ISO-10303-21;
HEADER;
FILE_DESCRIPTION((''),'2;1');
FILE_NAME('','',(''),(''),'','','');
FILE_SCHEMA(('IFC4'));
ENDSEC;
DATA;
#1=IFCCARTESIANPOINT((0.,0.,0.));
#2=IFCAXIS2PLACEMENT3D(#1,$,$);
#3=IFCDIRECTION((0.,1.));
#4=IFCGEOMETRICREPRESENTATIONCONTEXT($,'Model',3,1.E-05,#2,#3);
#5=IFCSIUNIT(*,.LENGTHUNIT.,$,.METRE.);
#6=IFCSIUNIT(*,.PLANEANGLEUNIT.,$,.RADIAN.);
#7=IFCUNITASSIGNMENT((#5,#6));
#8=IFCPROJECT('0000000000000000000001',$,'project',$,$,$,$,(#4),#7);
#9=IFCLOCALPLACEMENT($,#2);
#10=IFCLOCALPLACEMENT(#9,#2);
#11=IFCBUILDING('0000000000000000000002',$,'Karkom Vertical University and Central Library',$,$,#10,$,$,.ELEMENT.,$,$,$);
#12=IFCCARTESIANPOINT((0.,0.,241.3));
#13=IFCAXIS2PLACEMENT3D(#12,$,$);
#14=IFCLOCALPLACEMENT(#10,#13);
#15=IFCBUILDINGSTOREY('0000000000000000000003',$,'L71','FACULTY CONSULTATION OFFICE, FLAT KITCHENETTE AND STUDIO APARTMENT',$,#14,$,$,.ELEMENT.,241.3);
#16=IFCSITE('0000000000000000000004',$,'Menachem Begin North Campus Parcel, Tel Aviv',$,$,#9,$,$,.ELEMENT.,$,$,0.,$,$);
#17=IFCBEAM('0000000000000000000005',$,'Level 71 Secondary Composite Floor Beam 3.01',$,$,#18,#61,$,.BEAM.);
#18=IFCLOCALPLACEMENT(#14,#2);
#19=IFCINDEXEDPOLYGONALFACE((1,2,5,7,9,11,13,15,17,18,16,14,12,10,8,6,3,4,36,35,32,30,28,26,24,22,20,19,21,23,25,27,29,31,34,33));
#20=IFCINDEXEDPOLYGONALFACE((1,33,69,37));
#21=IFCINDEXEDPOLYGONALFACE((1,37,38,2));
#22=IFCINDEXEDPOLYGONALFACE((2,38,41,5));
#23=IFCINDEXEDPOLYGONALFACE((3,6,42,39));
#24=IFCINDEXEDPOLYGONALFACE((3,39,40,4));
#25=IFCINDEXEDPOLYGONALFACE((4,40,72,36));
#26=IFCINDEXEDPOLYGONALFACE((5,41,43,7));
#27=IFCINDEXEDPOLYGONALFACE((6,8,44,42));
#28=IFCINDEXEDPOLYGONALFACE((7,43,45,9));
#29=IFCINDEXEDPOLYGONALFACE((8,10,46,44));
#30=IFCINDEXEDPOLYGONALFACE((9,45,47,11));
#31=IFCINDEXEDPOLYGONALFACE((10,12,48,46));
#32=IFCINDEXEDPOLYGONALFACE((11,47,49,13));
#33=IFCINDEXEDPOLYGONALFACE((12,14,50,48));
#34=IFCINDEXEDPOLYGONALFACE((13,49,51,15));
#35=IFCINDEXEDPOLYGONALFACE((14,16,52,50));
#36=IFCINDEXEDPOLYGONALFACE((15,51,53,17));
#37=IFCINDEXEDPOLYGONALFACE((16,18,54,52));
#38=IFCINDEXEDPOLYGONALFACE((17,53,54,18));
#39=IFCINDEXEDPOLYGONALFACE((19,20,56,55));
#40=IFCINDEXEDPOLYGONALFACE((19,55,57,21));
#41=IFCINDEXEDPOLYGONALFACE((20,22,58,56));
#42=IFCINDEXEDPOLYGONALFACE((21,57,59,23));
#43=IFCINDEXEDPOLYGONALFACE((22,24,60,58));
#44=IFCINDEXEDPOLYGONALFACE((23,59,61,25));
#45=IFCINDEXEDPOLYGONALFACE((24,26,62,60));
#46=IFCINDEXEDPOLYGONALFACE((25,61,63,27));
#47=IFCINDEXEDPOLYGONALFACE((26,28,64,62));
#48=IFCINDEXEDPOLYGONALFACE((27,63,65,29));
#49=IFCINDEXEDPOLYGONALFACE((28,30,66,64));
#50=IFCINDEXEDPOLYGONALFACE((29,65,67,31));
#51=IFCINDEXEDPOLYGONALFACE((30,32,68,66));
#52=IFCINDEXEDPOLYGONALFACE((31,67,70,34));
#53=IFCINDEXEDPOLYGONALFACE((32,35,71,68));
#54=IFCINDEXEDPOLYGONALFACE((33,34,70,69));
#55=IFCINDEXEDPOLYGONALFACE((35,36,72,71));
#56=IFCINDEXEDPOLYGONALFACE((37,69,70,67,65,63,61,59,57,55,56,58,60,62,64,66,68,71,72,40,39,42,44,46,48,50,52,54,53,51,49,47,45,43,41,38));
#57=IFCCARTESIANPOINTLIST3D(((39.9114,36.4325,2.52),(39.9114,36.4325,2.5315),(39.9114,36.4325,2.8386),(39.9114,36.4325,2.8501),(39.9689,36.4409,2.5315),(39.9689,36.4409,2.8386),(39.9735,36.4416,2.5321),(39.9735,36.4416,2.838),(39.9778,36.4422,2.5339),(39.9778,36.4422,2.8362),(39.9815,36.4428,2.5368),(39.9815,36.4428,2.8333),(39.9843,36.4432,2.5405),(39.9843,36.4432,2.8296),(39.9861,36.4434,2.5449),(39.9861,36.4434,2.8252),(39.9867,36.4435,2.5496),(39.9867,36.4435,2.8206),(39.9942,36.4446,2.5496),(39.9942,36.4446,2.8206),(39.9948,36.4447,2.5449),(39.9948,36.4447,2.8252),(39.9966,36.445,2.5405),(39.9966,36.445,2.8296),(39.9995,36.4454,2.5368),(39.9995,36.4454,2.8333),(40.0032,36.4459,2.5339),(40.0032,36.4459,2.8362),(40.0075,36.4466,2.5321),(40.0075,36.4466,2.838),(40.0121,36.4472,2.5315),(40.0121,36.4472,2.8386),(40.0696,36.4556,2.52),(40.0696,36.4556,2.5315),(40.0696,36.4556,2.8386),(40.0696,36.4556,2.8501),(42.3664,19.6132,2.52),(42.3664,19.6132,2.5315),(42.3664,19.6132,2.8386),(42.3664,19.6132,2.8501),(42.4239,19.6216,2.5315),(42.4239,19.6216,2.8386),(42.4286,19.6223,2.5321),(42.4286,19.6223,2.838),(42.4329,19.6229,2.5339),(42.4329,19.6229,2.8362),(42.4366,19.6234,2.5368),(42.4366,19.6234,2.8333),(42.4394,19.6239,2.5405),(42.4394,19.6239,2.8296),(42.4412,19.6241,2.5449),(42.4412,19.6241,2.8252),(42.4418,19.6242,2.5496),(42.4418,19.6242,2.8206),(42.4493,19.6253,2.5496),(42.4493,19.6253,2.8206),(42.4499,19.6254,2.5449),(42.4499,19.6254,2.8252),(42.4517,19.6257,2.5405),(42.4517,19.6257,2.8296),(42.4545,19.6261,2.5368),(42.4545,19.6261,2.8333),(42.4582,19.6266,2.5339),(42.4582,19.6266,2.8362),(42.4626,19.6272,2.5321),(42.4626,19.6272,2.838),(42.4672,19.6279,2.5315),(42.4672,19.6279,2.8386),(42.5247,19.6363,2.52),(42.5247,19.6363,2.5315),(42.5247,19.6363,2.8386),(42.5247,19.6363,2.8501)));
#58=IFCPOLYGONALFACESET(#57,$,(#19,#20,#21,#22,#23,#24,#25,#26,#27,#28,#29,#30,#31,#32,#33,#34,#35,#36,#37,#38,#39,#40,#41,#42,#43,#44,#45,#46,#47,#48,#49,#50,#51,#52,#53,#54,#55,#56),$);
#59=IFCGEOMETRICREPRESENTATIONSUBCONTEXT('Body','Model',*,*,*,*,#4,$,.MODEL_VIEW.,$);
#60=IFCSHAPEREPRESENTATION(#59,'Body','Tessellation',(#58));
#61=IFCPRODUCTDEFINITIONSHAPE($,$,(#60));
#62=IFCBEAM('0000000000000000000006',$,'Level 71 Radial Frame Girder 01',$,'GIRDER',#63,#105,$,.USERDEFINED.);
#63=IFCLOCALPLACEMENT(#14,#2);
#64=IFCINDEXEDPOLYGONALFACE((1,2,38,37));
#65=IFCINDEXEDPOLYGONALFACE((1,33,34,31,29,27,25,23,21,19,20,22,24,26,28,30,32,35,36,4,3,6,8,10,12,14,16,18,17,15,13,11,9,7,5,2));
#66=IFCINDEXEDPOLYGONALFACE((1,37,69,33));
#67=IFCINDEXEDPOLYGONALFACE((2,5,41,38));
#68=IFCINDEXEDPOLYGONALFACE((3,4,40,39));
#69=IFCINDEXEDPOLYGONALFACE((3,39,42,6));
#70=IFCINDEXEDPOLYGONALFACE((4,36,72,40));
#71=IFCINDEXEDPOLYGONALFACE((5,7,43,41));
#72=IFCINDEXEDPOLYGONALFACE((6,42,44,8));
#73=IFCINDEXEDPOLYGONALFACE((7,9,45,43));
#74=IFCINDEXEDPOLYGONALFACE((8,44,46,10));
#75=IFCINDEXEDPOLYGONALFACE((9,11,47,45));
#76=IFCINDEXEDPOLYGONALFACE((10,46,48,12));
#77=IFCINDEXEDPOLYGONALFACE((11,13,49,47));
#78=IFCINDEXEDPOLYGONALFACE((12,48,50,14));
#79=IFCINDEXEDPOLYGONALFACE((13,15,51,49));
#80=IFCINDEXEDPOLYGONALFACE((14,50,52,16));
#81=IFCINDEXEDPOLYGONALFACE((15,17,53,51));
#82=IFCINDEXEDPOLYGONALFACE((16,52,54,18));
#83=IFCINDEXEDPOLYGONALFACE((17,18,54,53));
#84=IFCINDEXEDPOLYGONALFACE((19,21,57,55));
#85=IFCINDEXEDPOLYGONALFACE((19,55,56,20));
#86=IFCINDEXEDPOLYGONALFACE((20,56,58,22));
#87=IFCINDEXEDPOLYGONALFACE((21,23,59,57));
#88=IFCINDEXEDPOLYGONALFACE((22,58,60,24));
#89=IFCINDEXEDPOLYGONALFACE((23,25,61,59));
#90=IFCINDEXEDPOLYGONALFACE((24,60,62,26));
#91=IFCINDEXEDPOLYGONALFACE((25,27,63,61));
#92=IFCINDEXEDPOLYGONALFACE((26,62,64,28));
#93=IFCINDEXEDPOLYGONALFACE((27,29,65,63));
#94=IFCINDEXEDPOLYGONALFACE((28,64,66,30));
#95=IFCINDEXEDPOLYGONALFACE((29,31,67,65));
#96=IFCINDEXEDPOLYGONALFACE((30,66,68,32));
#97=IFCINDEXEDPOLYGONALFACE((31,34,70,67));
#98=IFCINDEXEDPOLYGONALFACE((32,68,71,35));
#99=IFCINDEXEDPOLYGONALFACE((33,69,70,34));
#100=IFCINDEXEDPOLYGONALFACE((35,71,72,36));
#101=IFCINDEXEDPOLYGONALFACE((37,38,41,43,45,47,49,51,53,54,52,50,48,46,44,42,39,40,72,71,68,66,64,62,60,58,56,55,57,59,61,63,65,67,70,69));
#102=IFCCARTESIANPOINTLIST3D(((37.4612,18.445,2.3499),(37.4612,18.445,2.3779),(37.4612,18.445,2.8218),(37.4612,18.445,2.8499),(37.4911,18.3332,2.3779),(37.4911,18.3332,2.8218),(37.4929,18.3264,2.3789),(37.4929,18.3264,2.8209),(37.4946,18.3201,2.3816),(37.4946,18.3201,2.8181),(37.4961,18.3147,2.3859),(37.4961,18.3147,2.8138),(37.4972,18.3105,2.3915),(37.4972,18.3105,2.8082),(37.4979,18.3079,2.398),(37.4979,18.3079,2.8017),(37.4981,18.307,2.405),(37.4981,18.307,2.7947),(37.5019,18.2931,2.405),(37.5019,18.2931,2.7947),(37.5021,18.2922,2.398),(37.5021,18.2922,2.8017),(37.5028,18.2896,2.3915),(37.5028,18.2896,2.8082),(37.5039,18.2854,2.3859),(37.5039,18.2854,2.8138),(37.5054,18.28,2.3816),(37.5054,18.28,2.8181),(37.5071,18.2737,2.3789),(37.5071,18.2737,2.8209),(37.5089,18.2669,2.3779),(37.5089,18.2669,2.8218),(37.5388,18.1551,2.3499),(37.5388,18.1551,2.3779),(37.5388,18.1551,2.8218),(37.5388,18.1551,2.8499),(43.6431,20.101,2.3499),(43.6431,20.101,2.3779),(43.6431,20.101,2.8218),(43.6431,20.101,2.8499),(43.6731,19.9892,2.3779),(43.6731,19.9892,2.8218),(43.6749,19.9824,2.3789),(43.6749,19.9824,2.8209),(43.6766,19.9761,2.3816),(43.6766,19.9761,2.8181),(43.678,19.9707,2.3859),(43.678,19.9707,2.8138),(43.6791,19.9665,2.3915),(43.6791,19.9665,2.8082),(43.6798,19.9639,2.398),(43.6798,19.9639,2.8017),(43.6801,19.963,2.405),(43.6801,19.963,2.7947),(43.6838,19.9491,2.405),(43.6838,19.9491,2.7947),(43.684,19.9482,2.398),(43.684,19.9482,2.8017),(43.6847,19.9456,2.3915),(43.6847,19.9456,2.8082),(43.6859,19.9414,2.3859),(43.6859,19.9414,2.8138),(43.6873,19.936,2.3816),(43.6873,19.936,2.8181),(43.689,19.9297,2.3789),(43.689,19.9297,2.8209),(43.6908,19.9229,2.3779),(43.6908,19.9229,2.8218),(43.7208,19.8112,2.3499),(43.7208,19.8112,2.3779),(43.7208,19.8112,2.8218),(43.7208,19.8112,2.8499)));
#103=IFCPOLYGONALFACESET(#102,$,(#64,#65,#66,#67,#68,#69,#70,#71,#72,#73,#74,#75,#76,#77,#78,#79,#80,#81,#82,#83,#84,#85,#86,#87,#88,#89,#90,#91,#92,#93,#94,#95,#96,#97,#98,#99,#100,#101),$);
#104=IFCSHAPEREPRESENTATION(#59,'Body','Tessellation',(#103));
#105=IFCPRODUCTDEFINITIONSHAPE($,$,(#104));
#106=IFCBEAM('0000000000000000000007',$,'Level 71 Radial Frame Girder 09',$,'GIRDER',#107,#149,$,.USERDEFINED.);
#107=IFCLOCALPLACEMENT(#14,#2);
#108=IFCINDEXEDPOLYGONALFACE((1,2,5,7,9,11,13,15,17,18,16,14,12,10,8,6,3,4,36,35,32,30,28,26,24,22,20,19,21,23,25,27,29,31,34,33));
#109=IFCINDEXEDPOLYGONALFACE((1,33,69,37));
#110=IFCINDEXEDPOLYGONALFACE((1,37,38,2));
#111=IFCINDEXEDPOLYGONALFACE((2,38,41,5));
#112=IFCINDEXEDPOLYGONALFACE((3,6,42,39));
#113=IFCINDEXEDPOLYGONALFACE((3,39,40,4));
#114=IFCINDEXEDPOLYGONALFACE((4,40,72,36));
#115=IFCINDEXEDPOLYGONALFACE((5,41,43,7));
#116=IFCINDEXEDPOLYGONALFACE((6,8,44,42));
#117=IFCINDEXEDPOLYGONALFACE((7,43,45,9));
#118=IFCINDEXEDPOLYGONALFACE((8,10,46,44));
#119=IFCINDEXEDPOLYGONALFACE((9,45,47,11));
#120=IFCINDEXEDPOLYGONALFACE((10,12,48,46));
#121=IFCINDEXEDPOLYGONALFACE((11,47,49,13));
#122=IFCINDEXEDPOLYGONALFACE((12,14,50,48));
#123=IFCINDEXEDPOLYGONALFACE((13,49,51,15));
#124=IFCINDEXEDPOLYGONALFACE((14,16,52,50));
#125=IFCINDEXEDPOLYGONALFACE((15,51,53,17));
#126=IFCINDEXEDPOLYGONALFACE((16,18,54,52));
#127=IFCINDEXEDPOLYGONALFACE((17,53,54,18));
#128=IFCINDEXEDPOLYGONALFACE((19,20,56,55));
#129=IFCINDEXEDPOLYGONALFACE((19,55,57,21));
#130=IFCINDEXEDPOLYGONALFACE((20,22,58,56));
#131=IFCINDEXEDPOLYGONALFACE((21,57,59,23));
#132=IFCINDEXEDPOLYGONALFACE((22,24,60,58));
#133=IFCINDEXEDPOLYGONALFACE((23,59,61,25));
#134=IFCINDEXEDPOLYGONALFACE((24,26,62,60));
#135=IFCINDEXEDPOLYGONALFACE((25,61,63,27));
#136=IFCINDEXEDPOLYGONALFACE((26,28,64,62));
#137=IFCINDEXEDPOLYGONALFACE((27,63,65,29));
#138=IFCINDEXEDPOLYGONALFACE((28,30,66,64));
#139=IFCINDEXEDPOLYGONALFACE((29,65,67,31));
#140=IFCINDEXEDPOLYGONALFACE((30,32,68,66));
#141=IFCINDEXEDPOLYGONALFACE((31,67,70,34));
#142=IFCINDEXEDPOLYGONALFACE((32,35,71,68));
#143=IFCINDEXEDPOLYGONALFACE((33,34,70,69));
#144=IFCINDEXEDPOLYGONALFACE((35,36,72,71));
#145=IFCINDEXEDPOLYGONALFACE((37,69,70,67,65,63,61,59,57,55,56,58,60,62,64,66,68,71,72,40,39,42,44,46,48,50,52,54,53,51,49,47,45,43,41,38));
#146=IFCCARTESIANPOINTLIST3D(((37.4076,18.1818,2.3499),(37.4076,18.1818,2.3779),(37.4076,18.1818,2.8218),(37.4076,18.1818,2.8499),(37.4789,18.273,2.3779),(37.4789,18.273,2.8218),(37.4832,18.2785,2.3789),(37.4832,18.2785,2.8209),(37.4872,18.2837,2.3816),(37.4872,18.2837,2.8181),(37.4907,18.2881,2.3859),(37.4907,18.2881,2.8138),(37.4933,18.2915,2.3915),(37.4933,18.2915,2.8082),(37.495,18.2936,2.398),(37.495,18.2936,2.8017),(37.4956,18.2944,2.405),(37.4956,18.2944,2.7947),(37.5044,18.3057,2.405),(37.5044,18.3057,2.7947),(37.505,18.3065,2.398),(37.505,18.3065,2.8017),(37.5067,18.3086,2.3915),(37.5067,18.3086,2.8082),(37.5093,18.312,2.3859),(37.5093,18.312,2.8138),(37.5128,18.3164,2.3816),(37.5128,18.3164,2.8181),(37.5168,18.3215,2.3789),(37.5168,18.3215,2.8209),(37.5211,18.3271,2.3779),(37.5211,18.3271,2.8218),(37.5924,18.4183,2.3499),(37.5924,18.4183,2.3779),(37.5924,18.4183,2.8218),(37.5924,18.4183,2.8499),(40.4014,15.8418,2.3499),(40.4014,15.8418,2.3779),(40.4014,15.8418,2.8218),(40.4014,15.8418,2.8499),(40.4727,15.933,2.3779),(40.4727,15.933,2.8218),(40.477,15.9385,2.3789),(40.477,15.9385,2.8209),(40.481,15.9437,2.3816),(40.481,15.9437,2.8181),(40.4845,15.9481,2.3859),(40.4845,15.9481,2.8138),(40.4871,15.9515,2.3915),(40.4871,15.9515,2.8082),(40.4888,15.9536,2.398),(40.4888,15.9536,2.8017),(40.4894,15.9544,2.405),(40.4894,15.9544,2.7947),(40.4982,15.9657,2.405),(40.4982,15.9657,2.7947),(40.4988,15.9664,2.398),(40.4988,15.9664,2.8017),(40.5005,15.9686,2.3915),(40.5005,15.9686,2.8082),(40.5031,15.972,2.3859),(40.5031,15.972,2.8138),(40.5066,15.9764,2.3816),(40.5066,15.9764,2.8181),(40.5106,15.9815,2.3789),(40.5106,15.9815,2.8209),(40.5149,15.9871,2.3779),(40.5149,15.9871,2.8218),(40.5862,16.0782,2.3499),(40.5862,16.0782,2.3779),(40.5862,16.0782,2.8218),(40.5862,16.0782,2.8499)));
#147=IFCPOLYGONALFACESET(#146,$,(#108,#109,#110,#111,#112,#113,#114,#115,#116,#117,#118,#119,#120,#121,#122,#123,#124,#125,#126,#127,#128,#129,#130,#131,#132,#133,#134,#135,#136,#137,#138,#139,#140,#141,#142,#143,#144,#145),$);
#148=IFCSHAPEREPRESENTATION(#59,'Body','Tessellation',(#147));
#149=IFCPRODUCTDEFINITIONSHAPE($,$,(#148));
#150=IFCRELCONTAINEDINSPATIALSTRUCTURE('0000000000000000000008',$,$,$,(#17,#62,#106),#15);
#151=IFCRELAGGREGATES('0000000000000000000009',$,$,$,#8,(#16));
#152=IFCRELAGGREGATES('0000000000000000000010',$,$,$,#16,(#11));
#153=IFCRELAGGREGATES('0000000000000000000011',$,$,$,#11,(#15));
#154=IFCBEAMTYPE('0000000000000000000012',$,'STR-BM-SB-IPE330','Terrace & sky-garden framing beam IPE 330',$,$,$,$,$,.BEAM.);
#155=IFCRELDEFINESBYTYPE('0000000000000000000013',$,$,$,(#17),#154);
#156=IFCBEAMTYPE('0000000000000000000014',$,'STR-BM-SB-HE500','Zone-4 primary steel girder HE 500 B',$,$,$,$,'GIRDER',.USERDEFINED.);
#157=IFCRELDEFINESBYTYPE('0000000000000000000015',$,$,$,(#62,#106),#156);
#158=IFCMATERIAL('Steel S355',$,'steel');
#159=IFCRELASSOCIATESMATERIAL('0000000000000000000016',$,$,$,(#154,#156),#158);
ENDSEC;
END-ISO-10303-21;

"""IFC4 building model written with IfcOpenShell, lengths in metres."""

from ifc_helpers import new_model, si_unit, direction, frame, origin, origin_with_axes, origin_2d, place, context, subcontext, project, spatial, i_section, extrude, source, transform, mapped, material, material_profile, profile_set, type_object, element, save


model = new_model("IFC4")

# Units and contexts
model_context = context("Model", 3, precision=1e-05, world=origin(), true_north=direction((0.0, 1.0)))
body_context = subcontext(model_context, "Body", "Model", "MODEL_VIEW")
ifc_project = project(units=[si_unit("LENGTHUNIT", "METRE"), si_unit("PLANEANGLEUNIT", "RADIAN")], contexts=[model_context])

# Site, building, storey
site_placement = place(None, origin())
site = spatial("IfcSite", under=ifc_project, at=site_placement, Name="Menachem Begin North Campus Parcel, Tel Aviv", CompositionType="ELEMENT", RefElevation=0.0)
building_placement = place(site_placement, origin())
building = spatial("IfcBuilding", under=site, at=building_placement, Name="Karkom Vertical University and Central Library", CompositionType="ELEMENT")
storey_placement = place(building_placement, frame((0.0, 0.0, 241.3)))
storey = spatial("IfcBuildingStorey", under=building, at=storey_placement, Name="L71", Description="FACULTY CONSULTATION OFFICE, FLAT KITCHENETTE AND STUDIO APARTMENT", CompositionType="ELEMENT", Elevation=241.3)

# Beams
ifc_material_1 = material(Name="Steel S355", Category="steel")
ifc_material_profile_1 = material_profile(ifc_material_1, i_section(OverallWidth=0.1599, OverallDepth=0.3301, WebThickness=0.0076, FlangeThickness=0.0115, FilletRadius=0.0181, at=origin_2d()), Name="IPE 330")
ifc_profile_set_1 = profile_set([ifc_material_profile_1], Name="Steel S355")
beam_type_1 = type_object("IfcBeamType", Name="STR-BM-SB-IPE330", Description="Terrace & sky-garden framing beam IPE 330", PredefinedType="BEAM", material=ifc_profile_set_1)
shared_shape_1 = source(origin_with_axes(), body_context, "Body", "SweptSolid", [
    extrude(i_section(OverallWidth=0.1599, OverallDepth=0.3301, WebThickness=0.0076, FlangeThickness=0.0115, FilletRadius=0.0181, at=origin_2d()), origin(), (0.0, 0.0, 1.0), 16.9976),
])
beam_1_placement = place(storey_placement, frame((42.4456, 19.6248, 2.6851), z_axis=(-0.144437, 0.989514, 0.0), x_axis=(-0.989514, -0.144437, 0.0)))
element("IfcBeam", 1, at=beam_1_placement, inside=storey, type_object=beam_type_1, Name="Level 71 Secondary Composite Floor Beam 3.01", PredefinedType="BEAM", context=body_context, shape_type="MappedRepresentation", body=[
    mapped(shared_shape_1, transform((0.0, 0.0, 0.0), scale=1.0)),
])
ifc_material_profile_2 = material_profile(ifc_material_1, i_section(OverallWidth=0.3, OverallDepth=0.5, WebThickness=0.0144, FlangeThickness=0.0281, FilletRadius=0.0271, at=origin_2d()), Name="HE 500 B")
ifc_profile_set_2 = profile_set([ifc_material_profile_2], Name="Steel S355")
beam_type_2 = type_object("IfcBeamType", Name="STR-BM-SB-HE500", Description="Zone-4 primary steel girder HE 500 B", ElementType="GIRDER", PredefinedType="USERDEFINED", material=ifc_profile_set_2)
shared_shape_2 = source(origin_with_axes(), body_context, "Body", "SweptSolid", [
    extrude(i_section(OverallWidth=0.3, OverallDepth=0.5, WebThickness=0.0144, FlangeThickness=0.0281, FilletRadius=0.0271, at=origin_2d()), origin(), (0.0, 0.0, 1.0), 6.3999),
])
beam_2_placement = place(storey_placement, frame((37.5, 18.3, 2.5999), z_axis=(0.965942, 0.258757, 0.0), x_axis=(-0.258757, 0.965942, 0.0)))
element("IfcBeam", 2, at=beam_2_placement, inside=storey, type_object=beam_type_2, Name="Level 71 Radial Frame Girder 01", ObjectType="GIRDER", PredefinedType="USERDEFINED", context=body_context, shape_type="MappedRepresentation", body=[
    mapped(shared_shape_2, transform((0.0, 0.0, 0.0), scale=1.0)),
])
shared_shape_3 = source(origin_with_axes(), body_context, "Body", "SweptSolid", [
    extrude(i_section(OverallWidth=0.3, OverallDepth=0.5, WebThickness=0.0144, FlangeThickness=0.0281, FilletRadius=0.0271, at=origin_2d()), origin(), (0.0, 0.0, 1.0), 3.7998),
])
beam_3_placement = place(storey_placement, frame((37.5, 18.3, 2.5999), z_axis=(0.787883, -0.615825, 0.0), x_axis=(0.615825, 0.787883, 0.0)))
element("IfcBeam", 3, at=beam_3_placement, inside=storey, type_object=beam_type_2, Name="Level 71 Radial Frame Girder 09", ObjectType="GIRDER", PredefinedType="USERDEFINED", context=body_context, shape_type="MappedRepresentation", body=[
    mapped(shared_shape_3, transform((0.0, 0.0, 0.0), scale=1.0)),
])

save(model, "model.ifc")
